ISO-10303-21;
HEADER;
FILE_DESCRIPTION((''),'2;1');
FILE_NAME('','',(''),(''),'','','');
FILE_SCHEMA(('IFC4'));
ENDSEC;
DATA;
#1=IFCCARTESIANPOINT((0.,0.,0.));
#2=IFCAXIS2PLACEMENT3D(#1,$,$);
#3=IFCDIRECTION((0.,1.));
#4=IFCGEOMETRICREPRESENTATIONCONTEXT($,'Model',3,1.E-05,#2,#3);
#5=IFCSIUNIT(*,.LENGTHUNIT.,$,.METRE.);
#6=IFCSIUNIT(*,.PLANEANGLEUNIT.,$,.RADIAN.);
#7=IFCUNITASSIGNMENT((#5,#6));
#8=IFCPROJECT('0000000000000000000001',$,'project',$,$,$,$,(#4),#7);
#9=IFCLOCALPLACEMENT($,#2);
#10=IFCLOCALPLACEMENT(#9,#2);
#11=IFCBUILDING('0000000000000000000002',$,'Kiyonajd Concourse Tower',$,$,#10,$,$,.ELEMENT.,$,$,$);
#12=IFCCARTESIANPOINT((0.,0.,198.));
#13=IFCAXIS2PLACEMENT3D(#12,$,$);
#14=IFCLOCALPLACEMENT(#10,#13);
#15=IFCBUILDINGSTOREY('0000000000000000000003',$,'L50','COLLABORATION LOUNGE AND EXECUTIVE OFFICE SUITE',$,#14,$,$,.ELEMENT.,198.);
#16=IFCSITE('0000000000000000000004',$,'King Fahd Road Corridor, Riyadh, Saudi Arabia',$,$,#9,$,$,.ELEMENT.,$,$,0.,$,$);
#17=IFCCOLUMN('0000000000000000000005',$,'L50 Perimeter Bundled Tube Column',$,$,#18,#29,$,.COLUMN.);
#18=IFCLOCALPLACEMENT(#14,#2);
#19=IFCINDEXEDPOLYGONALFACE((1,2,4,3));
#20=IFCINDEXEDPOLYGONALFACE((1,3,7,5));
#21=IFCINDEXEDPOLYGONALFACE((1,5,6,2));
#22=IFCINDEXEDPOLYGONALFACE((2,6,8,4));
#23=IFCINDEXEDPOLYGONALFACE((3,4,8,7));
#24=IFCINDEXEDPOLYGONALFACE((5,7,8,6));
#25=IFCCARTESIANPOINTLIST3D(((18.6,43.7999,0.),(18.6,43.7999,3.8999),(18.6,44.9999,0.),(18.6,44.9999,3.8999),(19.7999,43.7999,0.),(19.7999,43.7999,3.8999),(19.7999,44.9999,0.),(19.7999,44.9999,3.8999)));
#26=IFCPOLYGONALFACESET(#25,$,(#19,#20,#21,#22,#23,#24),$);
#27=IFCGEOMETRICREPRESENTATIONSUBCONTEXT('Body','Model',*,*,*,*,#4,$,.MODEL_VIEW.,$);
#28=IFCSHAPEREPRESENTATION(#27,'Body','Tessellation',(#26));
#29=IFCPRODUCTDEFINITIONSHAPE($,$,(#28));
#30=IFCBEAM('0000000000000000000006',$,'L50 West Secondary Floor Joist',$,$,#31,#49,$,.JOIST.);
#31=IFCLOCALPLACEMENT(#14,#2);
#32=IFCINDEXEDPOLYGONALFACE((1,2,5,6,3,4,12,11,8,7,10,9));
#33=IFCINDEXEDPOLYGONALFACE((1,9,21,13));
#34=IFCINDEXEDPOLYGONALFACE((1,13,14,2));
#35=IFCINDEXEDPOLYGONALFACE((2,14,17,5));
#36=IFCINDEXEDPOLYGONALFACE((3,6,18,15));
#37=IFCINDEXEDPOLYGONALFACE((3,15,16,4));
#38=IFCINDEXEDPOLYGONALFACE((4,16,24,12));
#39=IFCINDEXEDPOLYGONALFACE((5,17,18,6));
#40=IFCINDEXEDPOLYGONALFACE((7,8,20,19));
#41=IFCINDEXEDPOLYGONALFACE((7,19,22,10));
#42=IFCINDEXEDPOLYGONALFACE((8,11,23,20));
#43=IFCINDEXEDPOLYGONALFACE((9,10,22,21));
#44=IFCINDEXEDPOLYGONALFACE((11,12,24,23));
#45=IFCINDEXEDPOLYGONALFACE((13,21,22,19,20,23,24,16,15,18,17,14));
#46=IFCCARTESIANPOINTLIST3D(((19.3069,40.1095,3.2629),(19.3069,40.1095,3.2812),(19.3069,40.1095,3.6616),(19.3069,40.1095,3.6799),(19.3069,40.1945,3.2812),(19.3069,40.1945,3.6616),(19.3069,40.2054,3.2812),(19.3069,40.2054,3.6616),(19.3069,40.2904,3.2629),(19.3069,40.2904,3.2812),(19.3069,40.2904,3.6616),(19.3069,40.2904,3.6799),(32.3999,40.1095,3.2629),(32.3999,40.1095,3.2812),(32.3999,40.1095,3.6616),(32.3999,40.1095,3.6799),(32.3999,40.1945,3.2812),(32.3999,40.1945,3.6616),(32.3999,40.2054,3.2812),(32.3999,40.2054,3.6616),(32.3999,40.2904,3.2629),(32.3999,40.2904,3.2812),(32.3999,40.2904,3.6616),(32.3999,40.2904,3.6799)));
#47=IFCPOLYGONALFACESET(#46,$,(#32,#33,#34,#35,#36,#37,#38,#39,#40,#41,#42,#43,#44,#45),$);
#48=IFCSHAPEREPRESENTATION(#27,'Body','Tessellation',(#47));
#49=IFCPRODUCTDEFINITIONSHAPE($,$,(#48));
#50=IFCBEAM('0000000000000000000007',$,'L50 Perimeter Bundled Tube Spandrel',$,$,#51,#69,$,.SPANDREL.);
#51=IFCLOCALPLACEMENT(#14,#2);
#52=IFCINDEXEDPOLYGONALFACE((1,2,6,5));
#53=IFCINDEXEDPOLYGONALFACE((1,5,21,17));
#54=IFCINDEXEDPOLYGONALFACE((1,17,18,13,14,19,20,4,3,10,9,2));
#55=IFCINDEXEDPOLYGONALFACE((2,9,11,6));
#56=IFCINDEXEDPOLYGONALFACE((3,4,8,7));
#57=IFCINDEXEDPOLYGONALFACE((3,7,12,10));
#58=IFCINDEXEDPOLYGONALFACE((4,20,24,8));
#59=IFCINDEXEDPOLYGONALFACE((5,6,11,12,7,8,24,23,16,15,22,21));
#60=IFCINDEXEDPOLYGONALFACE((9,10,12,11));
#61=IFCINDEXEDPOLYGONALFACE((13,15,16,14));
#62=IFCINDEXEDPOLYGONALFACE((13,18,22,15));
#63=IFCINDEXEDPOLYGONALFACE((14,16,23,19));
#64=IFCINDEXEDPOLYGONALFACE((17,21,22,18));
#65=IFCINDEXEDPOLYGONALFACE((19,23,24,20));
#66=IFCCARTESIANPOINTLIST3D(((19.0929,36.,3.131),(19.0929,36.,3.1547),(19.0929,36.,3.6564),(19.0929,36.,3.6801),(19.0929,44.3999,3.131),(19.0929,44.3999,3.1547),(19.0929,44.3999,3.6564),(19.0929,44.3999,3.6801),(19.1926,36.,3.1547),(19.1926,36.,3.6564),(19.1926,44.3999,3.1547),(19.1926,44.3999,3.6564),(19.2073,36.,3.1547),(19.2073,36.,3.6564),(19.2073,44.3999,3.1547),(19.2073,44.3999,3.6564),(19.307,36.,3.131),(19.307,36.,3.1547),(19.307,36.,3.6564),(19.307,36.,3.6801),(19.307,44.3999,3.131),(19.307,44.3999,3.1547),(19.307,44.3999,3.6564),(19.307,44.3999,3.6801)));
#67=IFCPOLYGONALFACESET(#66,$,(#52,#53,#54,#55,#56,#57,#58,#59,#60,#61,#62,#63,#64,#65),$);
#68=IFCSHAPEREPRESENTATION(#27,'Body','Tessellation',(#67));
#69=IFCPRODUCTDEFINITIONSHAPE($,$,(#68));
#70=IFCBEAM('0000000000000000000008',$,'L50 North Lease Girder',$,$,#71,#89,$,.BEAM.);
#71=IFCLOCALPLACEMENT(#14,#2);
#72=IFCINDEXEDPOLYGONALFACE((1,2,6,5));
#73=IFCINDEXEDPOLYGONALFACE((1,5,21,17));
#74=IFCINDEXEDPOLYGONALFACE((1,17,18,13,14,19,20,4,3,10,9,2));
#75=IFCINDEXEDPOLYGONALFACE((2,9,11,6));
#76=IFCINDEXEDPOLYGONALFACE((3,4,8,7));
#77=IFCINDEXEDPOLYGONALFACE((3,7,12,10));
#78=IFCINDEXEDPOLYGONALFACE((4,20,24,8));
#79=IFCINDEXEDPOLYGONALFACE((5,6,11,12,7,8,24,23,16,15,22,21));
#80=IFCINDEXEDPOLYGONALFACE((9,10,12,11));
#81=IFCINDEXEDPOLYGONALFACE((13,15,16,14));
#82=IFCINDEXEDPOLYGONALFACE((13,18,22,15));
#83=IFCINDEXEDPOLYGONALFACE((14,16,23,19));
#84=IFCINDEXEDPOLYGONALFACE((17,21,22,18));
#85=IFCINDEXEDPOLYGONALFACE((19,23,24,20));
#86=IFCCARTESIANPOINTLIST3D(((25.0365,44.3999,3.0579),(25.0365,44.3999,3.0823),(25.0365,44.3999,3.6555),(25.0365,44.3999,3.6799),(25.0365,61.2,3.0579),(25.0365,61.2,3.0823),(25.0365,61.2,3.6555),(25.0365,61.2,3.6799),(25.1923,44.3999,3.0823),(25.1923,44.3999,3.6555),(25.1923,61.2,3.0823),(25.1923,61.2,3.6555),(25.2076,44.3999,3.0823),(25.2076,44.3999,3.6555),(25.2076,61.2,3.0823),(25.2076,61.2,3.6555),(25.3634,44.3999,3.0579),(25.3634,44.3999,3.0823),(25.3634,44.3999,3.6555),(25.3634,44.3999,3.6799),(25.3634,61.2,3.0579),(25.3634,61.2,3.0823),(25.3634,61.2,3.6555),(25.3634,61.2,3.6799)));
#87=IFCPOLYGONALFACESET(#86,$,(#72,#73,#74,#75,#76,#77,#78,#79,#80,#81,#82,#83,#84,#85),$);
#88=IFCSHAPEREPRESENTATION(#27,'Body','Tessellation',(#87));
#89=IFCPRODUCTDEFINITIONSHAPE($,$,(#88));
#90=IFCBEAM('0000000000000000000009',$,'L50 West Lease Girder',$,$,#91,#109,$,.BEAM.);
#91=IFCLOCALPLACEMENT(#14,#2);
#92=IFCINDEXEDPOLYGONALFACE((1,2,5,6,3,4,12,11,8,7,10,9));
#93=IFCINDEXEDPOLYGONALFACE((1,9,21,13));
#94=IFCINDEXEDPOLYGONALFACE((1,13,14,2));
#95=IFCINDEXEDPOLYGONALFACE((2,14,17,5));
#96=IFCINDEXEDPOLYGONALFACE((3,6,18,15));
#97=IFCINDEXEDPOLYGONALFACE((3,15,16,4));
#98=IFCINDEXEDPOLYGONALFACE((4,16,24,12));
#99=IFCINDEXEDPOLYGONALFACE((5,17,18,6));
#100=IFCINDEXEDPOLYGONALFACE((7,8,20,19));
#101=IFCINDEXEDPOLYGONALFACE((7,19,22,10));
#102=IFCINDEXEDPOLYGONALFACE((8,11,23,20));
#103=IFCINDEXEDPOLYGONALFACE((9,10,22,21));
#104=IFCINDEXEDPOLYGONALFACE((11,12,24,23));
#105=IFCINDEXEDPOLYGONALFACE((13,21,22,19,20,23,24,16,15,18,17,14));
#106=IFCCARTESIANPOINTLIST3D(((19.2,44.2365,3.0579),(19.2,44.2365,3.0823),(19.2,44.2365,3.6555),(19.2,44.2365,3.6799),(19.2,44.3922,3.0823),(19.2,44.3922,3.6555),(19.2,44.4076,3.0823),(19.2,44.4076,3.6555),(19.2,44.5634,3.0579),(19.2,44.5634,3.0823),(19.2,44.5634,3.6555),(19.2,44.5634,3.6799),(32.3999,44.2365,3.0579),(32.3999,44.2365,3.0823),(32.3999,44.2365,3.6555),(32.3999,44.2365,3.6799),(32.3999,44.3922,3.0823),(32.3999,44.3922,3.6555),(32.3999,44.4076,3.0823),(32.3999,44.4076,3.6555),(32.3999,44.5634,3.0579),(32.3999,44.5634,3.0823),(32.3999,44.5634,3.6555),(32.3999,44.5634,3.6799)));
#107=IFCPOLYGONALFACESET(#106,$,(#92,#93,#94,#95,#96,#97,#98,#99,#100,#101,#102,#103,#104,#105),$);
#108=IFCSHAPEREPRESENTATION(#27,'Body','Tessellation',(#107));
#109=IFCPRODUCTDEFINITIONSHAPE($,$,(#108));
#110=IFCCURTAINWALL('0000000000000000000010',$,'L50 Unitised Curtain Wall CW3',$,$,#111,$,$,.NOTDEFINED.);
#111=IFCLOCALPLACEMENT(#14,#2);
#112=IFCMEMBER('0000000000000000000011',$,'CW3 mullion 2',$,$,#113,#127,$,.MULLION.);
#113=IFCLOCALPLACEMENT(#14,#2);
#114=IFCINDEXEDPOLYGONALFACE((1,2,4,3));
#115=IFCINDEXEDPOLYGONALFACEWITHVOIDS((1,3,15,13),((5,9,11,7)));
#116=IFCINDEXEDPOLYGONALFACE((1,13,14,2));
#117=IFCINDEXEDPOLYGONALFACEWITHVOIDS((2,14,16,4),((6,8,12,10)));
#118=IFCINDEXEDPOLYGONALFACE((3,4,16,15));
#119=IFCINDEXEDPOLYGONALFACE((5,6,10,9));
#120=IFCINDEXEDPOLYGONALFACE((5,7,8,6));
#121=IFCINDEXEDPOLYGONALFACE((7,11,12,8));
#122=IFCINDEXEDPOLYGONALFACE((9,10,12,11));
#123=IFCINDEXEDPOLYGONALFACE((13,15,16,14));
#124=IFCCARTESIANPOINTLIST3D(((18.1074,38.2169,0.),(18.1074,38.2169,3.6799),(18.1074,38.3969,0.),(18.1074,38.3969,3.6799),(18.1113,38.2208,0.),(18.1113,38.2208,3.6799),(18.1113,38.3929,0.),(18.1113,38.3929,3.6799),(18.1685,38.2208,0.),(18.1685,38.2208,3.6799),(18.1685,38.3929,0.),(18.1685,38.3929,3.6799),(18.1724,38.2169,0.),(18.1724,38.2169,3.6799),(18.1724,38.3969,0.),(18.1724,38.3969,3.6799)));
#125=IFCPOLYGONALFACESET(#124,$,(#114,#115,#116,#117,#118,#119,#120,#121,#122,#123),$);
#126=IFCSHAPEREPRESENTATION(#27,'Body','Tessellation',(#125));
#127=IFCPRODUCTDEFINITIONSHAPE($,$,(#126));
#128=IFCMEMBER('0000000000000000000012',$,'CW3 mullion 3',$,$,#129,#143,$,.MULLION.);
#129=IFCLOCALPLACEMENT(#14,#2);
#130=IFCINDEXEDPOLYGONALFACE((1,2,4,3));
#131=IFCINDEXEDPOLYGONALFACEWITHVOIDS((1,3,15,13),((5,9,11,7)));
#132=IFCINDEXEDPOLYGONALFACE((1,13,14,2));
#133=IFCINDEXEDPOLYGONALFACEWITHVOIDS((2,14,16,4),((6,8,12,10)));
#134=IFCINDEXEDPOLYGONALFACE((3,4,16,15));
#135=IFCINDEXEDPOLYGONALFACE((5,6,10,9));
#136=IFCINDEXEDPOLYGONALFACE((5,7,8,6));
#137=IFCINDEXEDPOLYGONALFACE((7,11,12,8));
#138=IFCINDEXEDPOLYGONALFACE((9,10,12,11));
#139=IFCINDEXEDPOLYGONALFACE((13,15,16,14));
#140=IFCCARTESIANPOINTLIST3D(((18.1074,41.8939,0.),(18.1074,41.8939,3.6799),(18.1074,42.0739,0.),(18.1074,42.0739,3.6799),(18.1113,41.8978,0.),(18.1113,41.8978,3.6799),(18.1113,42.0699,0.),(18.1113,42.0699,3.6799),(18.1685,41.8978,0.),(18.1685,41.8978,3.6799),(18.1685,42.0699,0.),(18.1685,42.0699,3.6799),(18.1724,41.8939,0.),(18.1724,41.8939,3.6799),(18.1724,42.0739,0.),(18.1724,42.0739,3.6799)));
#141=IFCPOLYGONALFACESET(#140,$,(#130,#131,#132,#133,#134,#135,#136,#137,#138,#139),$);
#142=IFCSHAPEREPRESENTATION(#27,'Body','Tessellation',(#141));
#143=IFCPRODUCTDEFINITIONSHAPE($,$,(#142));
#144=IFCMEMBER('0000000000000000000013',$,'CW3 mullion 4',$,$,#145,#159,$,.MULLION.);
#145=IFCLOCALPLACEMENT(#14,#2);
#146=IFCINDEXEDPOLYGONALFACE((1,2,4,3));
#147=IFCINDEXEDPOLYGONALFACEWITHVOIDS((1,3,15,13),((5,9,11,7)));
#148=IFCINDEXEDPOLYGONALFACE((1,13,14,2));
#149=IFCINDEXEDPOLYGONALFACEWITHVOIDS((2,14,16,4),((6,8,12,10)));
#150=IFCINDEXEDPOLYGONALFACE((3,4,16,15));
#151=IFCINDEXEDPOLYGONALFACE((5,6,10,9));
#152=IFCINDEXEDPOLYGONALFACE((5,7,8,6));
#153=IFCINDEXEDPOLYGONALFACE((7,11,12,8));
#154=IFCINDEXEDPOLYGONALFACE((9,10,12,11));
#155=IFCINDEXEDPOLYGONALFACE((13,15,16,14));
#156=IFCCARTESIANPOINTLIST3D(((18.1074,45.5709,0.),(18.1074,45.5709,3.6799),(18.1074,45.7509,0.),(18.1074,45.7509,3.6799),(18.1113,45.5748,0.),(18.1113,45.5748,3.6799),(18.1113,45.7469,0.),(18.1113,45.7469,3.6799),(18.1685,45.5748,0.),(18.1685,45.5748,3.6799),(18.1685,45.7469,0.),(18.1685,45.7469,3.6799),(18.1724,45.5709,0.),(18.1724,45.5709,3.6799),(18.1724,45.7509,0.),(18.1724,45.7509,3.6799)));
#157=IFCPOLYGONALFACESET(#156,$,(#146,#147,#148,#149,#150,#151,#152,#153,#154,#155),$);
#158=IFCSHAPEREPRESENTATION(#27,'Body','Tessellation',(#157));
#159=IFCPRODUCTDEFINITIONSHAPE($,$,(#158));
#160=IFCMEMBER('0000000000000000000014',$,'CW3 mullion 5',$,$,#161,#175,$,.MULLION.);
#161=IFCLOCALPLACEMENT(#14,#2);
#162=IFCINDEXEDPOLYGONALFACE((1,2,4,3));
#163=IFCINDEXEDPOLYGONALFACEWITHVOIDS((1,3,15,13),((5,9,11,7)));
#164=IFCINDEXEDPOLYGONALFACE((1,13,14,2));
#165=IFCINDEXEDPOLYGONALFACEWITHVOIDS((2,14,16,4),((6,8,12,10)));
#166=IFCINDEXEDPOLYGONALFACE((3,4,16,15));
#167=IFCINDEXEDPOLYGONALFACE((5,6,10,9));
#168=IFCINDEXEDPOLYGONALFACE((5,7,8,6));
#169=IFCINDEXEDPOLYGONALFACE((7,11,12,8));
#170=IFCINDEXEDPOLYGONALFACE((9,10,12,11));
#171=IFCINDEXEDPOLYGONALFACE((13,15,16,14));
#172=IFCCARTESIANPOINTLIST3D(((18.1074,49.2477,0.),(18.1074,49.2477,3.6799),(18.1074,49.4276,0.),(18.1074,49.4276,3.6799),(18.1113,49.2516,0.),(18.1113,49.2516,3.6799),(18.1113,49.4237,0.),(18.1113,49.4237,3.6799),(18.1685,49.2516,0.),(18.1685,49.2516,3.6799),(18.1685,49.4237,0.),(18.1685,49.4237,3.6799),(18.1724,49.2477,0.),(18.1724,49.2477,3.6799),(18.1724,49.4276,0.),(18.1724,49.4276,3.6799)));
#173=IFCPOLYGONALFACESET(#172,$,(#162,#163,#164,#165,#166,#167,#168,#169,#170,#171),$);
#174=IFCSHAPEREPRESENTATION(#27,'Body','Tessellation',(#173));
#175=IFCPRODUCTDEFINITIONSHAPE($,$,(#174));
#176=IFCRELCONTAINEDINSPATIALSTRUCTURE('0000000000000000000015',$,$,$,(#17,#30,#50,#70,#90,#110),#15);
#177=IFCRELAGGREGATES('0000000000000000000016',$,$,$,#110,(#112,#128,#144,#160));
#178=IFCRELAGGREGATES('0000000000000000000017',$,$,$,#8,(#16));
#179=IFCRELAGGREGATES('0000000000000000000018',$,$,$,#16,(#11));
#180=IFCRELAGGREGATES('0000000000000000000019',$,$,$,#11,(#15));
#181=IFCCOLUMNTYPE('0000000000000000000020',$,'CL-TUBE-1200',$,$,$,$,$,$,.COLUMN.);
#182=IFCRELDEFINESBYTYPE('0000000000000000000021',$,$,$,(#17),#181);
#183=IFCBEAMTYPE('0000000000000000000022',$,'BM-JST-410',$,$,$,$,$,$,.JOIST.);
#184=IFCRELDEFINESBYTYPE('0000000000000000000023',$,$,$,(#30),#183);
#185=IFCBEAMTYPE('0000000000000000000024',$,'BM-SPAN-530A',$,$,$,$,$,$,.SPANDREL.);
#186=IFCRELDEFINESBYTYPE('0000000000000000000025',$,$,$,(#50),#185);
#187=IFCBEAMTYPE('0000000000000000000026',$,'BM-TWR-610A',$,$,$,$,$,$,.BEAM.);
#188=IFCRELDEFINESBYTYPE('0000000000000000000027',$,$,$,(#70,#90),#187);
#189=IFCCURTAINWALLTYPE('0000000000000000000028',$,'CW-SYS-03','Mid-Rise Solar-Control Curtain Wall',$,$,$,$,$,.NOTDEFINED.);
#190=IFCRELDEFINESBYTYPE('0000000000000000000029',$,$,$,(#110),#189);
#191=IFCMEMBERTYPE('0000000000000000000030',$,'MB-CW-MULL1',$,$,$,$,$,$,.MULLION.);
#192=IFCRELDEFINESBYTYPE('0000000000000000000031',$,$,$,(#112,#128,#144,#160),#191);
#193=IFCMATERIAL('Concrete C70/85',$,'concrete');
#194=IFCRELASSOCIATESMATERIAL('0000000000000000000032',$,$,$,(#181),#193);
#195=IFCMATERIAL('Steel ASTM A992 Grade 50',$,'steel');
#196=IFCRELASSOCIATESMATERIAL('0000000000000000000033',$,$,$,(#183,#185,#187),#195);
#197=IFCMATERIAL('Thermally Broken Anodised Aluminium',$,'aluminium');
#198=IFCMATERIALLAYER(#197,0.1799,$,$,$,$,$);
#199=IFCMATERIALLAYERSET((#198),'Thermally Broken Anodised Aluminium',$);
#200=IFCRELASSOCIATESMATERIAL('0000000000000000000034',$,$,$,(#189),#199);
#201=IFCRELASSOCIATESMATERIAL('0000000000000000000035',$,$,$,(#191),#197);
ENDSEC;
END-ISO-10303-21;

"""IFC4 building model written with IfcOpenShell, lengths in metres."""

from ifc_helpers import new_model, si_unit, direction, frame, origin, origin_2d, place, context, subcontext, project, spatial, rectangle, hollow_rectangle, i_section, extrude, material, layer, layer_set, material_profile, profile_set, type_object, element, aggregate, save


model = new_model("IFC4")

# Units and contexts
model_context = context("Model", 3, precision=1e-05, world=origin(), true_north=direction((0.0, 1.0)))
body_context = subcontext(model_context, "Body", "Model", "MODEL_VIEW")
ifc_project = project(units=[si_unit("LENGTHUNIT", "METRE"), si_unit("PLANEANGLEUNIT", "RADIAN")], contexts=[model_context])

# Site, building, storey
site_placement = place(None, origin())
site = spatial("IfcSite", under=ifc_project, at=site_placement, Name="King Fahd Road Corridor, Riyadh, Saudi Arabia", CompositionType="ELEMENT", RefElevation=0.0)
building_placement = place(site_placement, origin())
building = spatial("IfcBuilding", under=site, at=building_placement, Name="Kiyonajd Concourse Tower", CompositionType="ELEMENT")
storey_placement = place(building_placement, frame((0.0, 0.0, 198.0)))
storey = spatial("IfcBuildingStorey", under=building, at=storey_placement, Name="L50", Description="COLLABORATION LOUNGE AND EXECUTIVE OFFICE SUITE", CompositionType="ELEMENT", Elevation=198.0)

# Column
ifc_material_1 = material(Name="Concrete C70/85", Category="concrete")
ifc_material_profile_1 = material_profile(ifc_material_1, rectangle(XDim=1.2, YDim=1.2, at=origin_2d()), Name="RC-1200x1200")
ifc_profile_set_1 = profile_set([ifc_material_profile_1], Name="Concrete C70/85")
column_type = type_object("IfcColumnType", Name="CL-TUBE-1200", PredefinedType="COLUMN", material=ifc_profile_set_1)
column_placement = place(storey_placement, frame((19.2, 44.3999, 0.0), z_axis=(0.0, 0.0, 1.0), x_axis=(1.0, 0.0, 0.0)))
element("IfcColumn", 1, at=column_placement, inside=storey, type_object=column_type, Name="L50 Perimeter Bundled Tube Column", PredefinedType="COLUMN", context=body_context, shape_type="SweptSolid", body=[
    extrude(rectangle(XDim=1.2, YDim=1.2, at=origin_2d()), origin(), (0.0, 0.0, 1.0), 3.8999),
])

# Beams
ifc_material_2 = material(Name="Steel ASTM A992 Grade 50", Category="steel")
ifc_material_profile_2 = material_profile(ifc_material_2, i_section(OverallWidth=0.1809, OverallDepth=0.417, WebThickness=0.011, FlangeThickness=0.0183, at=origin_2d()), Name="W410X85")
ifc_profile_set_2 = profile_set([ifc_material_profile_2], Name="Steel ASTM A992 Grade 50")
beam_type_1 = type_object("IfcBeamType", Name="BM-JST-410", PredefinedType="JOIST", material=ifc_profile_set_2)
beam_1_placement = place(storey_placement, frame((19.3069, 40.2, 3.4714), z_axis=(1.0, 0.0, 0.0), x_axis=(0.0, 1.0, 0.0)))
element("IfcBeam", 2, at=beam_1_placement, inside=storey, type_object=beam_type_1, Name="L50 West Secondary Floor Joist", PredefinedType="JOIST", context=body_context, shape_type="SweptSolid", body=[
    extrude(i_section(OverallWidth=0.1809, OverallDepth=0.417, WebThickness=0.011, FlangeThickness=0.0183, at=origin_2d()), origin(), (0.0, 0.0, 1.0), 13.093),
])
ifc_material_profile_3 = material_profile(ifc_material_2, i_section(OverallWidth=0.2141, OverallDepth=0.5491, WebThickness=0.0146, FlangeThickness=0.0237, at=origin_2d()), Name="W530X138")
ifc_profile_set_3 = profile_set([ifc_material_profile_3], Name="Steel ASTM A992 Grade 50")
beam_type_2 = type_object("IfcBeamType", Name="BM-SPAN-530A", PredefinedType="SPANDREL", material=ifc_profile_set_3)
beam_2_placement = place(storey_placement, frame((19.2, 44.3999, 3.4055), z_axis=(0.0, -1.0, 0.0), x_axis=(1.0, 0.0, 0.0)))
element("IfcBeam", 3, at=beam_2_placement, inside=storey, type_object=beam_type_2, Name="L50 Perimeter Bundled Tube Spandrel", PredefinedType="SPANDREL", context=body_context, shape_type="SweptSolid", body=[
    extrude(i_section(OverallWidth=0.2141, OverallDepth=0.5491, WebThickness=0.0146, FlangeThickness=0.0237, at=origin_2d()), origin(), (0.0, 0.0, 1.0), 8.3999),
])
ifc_material_profile_4 = material_profile(ifc_material_2, i_section(OverallWidth=0.3269, OverallDepth=0.6221, WebThickness=0.0154, FlangeThickness=0.0244, at=origin_2d()), Name="W610X195")
ifc_profile_set_4 = profile_set([ifc_material_profile_4], Name="Steel ASTM A992 Grade 50")
beam_type_3 = type_object("IfcBeamType", Name="BM-TWR-610A", PredefinedType="BEAM", material=ifc_profile_set_4)
beam_3_placement = place(storey_placement, frame((25.2, 44.3999, 3.3689), z_axis=(0.0, 1.0, 0.0), x_axis=(-1.0, 0.0, 0.0)))
element("IfcBeam", 4, at=beam_3_placement, inside=storey, type_object=beam_type_3, Name="L50 North Lease Girder", PredefinedType="BEAM", context=body_context, shape_type="SweptSolid", body=[
    extrude(i_section(OverallWidth=0.3269, OverallDepth=0.6221, WebThickness=0.0154, FlangeThickness=0.0244, at=origin_2d()), origin(), (0.0, 0.0, 1.0), 16.8),
])
beam_4_placement = place(storey_placement, frame((19.2, 44.3999, 3.3689), z_axis=(1.0, 0.0, 0.0), x_axis=(0.0, 1.0, 0.0)))
element("IfcBeam", 5, at=beam_4_placement, inside=storey, type_object=beam_type_3, Name="L50 West Lease Girder", PredefinedType="BEAM", context=body_context, shape_type="SweptSolid", body=[
    extrude(i_section(OverallWidth=0.3269, OverallDepth=0.6221, WebThickness=0.0154, FlangeThickness=0.0244, at=origin_2d()), origin(), (0.0, 0.0, 1.0), 13.2),
])

# Curtain wall, members
ifc_material_3 = material(Name="Thermally Broken Anodised Aluminium", Category="aluminium")
ifc_layer_1 = layer(ifc_material_3, 0.1799)
ifc_layer_set_1 = layer_set([ifc_layer_1], Name="Thermally Broken Anodised Aluminium")
curtain_wall_type = type_object("IfcCurtainWallType", Name="CW-SYS-03", Description="Mid-Rise Solar-Control Curtain Wall", PredefinedType="NOTDEFINED", material=ifc_layer_set_1)
curtain_wall_placement = place(storey_placement, origin())
curtain_wall = element("IfcCurtainWall", 6, at=curtain_wall_placement, inside=storey, type_object=curtain_wall_type, Name="L50 Unitised Curtain Wall CW3", PredefinedType="NOTDEFINED")
ifc_material_profile_5 = material_profile(ifc_material_3, hollow_rectangle(XDim=0.0649, YDim=0.1799, WallThickness=0.0039, at=origin_2d()), Name="MULL-65x180")
ifc_profile_set_5 = profile_set([ifc_material_profile_5], Name="Thermally Broken Anodised Aluminium")
member_type_1 = type_object("IfcMemberType", Name="MB-CW-MULL1", PredefinedType="MULLION", material=ifc_profile_set_5)
member_1_placement = place(storey_placement, frame((18.1399, 38.3069, 0.0), z_axis=(0.0, 0.0, 1.0), x_axis=(-1.0, 0.0, 0.0)))
member_1 = element("IfcMember", 7, at=member_1_placement, type_object=member_type_1, Name="CW3 mullion 2", PredefinedType="MULLION", context=body_context, shape_type="SweptSolid", body=[
    extrude(hollow_rectangle(XDim=0.0649, YDim=0.1799, WallThickness=0.0039, at=origin_2d()), origin(), (0.0, 0.0, 1.0), 3.6799),
])
member_2_placement = place(storey_placement, frame((18.1399, 41.9839, 0.0), z_axis=(0.0, 0.0, 1.0), x_axis=(-1.0, 0.0, 0.0)))
member_2 = element("IfcMember", 8, at=member_2_placement, type_object=member_type_1, Name="CW3 mullion 3", PredefinedType="MULLION", context=body_context, shape_type="SweptSolid", body=[
    extrude(hollow_rectangle(XDim=0.0649, YDim=0.1799, WallThickness=0.0039, at=origin_2d()), origin(), (0.0, 0.0, 1.0), 3.6799),
])
member_3_placement = place(storey_placement, frame((18.1399, 45.6609, 0.0), z_axis=(0.0, 0.0, 1.0), x_axis=(-1.0, 0.0, 0.0)))
member_3 = element("IfcMember", 9, at=member_3_placement, type_object=member_type_1, Name="CW3 mullion 4", PredefinedType="MULLION", context=body_context, shape_type="SweptSolid", body=[
    extrude(hollow_rectangle(XDim=0.0649, YDim=0.1799, WallThickness=0.0039, at=origin_2d()), origin(), (0.0, 0.0, 1.0), 3.6799),
])
member_4_placement = place(storey_placement, frame((18.1399, 49.3376, 0.0), z_axis=(0.0, 0.0, 1.0), x_axis=(-1.0, 0.0, 0.0)))
member_4 = element("IfcMember", 10, at=member_4_placement, type_object=member_type_1, Name="CW3 mullion 5", PredefinedType="MULLION", context=body_context, shape_type="SweptSolid", body=[
    extrude(hollow_rectangle(XDim=0.0649, YDim=0.1799, WallThickness=0.0039, at=origin_2d()), origin(), (0.0, 0.0, 1.0), 3.6799),
])
aggregate(curtain_wall, [member_1, member_2, member_3, member_4])

save(model, "model.ifc")
